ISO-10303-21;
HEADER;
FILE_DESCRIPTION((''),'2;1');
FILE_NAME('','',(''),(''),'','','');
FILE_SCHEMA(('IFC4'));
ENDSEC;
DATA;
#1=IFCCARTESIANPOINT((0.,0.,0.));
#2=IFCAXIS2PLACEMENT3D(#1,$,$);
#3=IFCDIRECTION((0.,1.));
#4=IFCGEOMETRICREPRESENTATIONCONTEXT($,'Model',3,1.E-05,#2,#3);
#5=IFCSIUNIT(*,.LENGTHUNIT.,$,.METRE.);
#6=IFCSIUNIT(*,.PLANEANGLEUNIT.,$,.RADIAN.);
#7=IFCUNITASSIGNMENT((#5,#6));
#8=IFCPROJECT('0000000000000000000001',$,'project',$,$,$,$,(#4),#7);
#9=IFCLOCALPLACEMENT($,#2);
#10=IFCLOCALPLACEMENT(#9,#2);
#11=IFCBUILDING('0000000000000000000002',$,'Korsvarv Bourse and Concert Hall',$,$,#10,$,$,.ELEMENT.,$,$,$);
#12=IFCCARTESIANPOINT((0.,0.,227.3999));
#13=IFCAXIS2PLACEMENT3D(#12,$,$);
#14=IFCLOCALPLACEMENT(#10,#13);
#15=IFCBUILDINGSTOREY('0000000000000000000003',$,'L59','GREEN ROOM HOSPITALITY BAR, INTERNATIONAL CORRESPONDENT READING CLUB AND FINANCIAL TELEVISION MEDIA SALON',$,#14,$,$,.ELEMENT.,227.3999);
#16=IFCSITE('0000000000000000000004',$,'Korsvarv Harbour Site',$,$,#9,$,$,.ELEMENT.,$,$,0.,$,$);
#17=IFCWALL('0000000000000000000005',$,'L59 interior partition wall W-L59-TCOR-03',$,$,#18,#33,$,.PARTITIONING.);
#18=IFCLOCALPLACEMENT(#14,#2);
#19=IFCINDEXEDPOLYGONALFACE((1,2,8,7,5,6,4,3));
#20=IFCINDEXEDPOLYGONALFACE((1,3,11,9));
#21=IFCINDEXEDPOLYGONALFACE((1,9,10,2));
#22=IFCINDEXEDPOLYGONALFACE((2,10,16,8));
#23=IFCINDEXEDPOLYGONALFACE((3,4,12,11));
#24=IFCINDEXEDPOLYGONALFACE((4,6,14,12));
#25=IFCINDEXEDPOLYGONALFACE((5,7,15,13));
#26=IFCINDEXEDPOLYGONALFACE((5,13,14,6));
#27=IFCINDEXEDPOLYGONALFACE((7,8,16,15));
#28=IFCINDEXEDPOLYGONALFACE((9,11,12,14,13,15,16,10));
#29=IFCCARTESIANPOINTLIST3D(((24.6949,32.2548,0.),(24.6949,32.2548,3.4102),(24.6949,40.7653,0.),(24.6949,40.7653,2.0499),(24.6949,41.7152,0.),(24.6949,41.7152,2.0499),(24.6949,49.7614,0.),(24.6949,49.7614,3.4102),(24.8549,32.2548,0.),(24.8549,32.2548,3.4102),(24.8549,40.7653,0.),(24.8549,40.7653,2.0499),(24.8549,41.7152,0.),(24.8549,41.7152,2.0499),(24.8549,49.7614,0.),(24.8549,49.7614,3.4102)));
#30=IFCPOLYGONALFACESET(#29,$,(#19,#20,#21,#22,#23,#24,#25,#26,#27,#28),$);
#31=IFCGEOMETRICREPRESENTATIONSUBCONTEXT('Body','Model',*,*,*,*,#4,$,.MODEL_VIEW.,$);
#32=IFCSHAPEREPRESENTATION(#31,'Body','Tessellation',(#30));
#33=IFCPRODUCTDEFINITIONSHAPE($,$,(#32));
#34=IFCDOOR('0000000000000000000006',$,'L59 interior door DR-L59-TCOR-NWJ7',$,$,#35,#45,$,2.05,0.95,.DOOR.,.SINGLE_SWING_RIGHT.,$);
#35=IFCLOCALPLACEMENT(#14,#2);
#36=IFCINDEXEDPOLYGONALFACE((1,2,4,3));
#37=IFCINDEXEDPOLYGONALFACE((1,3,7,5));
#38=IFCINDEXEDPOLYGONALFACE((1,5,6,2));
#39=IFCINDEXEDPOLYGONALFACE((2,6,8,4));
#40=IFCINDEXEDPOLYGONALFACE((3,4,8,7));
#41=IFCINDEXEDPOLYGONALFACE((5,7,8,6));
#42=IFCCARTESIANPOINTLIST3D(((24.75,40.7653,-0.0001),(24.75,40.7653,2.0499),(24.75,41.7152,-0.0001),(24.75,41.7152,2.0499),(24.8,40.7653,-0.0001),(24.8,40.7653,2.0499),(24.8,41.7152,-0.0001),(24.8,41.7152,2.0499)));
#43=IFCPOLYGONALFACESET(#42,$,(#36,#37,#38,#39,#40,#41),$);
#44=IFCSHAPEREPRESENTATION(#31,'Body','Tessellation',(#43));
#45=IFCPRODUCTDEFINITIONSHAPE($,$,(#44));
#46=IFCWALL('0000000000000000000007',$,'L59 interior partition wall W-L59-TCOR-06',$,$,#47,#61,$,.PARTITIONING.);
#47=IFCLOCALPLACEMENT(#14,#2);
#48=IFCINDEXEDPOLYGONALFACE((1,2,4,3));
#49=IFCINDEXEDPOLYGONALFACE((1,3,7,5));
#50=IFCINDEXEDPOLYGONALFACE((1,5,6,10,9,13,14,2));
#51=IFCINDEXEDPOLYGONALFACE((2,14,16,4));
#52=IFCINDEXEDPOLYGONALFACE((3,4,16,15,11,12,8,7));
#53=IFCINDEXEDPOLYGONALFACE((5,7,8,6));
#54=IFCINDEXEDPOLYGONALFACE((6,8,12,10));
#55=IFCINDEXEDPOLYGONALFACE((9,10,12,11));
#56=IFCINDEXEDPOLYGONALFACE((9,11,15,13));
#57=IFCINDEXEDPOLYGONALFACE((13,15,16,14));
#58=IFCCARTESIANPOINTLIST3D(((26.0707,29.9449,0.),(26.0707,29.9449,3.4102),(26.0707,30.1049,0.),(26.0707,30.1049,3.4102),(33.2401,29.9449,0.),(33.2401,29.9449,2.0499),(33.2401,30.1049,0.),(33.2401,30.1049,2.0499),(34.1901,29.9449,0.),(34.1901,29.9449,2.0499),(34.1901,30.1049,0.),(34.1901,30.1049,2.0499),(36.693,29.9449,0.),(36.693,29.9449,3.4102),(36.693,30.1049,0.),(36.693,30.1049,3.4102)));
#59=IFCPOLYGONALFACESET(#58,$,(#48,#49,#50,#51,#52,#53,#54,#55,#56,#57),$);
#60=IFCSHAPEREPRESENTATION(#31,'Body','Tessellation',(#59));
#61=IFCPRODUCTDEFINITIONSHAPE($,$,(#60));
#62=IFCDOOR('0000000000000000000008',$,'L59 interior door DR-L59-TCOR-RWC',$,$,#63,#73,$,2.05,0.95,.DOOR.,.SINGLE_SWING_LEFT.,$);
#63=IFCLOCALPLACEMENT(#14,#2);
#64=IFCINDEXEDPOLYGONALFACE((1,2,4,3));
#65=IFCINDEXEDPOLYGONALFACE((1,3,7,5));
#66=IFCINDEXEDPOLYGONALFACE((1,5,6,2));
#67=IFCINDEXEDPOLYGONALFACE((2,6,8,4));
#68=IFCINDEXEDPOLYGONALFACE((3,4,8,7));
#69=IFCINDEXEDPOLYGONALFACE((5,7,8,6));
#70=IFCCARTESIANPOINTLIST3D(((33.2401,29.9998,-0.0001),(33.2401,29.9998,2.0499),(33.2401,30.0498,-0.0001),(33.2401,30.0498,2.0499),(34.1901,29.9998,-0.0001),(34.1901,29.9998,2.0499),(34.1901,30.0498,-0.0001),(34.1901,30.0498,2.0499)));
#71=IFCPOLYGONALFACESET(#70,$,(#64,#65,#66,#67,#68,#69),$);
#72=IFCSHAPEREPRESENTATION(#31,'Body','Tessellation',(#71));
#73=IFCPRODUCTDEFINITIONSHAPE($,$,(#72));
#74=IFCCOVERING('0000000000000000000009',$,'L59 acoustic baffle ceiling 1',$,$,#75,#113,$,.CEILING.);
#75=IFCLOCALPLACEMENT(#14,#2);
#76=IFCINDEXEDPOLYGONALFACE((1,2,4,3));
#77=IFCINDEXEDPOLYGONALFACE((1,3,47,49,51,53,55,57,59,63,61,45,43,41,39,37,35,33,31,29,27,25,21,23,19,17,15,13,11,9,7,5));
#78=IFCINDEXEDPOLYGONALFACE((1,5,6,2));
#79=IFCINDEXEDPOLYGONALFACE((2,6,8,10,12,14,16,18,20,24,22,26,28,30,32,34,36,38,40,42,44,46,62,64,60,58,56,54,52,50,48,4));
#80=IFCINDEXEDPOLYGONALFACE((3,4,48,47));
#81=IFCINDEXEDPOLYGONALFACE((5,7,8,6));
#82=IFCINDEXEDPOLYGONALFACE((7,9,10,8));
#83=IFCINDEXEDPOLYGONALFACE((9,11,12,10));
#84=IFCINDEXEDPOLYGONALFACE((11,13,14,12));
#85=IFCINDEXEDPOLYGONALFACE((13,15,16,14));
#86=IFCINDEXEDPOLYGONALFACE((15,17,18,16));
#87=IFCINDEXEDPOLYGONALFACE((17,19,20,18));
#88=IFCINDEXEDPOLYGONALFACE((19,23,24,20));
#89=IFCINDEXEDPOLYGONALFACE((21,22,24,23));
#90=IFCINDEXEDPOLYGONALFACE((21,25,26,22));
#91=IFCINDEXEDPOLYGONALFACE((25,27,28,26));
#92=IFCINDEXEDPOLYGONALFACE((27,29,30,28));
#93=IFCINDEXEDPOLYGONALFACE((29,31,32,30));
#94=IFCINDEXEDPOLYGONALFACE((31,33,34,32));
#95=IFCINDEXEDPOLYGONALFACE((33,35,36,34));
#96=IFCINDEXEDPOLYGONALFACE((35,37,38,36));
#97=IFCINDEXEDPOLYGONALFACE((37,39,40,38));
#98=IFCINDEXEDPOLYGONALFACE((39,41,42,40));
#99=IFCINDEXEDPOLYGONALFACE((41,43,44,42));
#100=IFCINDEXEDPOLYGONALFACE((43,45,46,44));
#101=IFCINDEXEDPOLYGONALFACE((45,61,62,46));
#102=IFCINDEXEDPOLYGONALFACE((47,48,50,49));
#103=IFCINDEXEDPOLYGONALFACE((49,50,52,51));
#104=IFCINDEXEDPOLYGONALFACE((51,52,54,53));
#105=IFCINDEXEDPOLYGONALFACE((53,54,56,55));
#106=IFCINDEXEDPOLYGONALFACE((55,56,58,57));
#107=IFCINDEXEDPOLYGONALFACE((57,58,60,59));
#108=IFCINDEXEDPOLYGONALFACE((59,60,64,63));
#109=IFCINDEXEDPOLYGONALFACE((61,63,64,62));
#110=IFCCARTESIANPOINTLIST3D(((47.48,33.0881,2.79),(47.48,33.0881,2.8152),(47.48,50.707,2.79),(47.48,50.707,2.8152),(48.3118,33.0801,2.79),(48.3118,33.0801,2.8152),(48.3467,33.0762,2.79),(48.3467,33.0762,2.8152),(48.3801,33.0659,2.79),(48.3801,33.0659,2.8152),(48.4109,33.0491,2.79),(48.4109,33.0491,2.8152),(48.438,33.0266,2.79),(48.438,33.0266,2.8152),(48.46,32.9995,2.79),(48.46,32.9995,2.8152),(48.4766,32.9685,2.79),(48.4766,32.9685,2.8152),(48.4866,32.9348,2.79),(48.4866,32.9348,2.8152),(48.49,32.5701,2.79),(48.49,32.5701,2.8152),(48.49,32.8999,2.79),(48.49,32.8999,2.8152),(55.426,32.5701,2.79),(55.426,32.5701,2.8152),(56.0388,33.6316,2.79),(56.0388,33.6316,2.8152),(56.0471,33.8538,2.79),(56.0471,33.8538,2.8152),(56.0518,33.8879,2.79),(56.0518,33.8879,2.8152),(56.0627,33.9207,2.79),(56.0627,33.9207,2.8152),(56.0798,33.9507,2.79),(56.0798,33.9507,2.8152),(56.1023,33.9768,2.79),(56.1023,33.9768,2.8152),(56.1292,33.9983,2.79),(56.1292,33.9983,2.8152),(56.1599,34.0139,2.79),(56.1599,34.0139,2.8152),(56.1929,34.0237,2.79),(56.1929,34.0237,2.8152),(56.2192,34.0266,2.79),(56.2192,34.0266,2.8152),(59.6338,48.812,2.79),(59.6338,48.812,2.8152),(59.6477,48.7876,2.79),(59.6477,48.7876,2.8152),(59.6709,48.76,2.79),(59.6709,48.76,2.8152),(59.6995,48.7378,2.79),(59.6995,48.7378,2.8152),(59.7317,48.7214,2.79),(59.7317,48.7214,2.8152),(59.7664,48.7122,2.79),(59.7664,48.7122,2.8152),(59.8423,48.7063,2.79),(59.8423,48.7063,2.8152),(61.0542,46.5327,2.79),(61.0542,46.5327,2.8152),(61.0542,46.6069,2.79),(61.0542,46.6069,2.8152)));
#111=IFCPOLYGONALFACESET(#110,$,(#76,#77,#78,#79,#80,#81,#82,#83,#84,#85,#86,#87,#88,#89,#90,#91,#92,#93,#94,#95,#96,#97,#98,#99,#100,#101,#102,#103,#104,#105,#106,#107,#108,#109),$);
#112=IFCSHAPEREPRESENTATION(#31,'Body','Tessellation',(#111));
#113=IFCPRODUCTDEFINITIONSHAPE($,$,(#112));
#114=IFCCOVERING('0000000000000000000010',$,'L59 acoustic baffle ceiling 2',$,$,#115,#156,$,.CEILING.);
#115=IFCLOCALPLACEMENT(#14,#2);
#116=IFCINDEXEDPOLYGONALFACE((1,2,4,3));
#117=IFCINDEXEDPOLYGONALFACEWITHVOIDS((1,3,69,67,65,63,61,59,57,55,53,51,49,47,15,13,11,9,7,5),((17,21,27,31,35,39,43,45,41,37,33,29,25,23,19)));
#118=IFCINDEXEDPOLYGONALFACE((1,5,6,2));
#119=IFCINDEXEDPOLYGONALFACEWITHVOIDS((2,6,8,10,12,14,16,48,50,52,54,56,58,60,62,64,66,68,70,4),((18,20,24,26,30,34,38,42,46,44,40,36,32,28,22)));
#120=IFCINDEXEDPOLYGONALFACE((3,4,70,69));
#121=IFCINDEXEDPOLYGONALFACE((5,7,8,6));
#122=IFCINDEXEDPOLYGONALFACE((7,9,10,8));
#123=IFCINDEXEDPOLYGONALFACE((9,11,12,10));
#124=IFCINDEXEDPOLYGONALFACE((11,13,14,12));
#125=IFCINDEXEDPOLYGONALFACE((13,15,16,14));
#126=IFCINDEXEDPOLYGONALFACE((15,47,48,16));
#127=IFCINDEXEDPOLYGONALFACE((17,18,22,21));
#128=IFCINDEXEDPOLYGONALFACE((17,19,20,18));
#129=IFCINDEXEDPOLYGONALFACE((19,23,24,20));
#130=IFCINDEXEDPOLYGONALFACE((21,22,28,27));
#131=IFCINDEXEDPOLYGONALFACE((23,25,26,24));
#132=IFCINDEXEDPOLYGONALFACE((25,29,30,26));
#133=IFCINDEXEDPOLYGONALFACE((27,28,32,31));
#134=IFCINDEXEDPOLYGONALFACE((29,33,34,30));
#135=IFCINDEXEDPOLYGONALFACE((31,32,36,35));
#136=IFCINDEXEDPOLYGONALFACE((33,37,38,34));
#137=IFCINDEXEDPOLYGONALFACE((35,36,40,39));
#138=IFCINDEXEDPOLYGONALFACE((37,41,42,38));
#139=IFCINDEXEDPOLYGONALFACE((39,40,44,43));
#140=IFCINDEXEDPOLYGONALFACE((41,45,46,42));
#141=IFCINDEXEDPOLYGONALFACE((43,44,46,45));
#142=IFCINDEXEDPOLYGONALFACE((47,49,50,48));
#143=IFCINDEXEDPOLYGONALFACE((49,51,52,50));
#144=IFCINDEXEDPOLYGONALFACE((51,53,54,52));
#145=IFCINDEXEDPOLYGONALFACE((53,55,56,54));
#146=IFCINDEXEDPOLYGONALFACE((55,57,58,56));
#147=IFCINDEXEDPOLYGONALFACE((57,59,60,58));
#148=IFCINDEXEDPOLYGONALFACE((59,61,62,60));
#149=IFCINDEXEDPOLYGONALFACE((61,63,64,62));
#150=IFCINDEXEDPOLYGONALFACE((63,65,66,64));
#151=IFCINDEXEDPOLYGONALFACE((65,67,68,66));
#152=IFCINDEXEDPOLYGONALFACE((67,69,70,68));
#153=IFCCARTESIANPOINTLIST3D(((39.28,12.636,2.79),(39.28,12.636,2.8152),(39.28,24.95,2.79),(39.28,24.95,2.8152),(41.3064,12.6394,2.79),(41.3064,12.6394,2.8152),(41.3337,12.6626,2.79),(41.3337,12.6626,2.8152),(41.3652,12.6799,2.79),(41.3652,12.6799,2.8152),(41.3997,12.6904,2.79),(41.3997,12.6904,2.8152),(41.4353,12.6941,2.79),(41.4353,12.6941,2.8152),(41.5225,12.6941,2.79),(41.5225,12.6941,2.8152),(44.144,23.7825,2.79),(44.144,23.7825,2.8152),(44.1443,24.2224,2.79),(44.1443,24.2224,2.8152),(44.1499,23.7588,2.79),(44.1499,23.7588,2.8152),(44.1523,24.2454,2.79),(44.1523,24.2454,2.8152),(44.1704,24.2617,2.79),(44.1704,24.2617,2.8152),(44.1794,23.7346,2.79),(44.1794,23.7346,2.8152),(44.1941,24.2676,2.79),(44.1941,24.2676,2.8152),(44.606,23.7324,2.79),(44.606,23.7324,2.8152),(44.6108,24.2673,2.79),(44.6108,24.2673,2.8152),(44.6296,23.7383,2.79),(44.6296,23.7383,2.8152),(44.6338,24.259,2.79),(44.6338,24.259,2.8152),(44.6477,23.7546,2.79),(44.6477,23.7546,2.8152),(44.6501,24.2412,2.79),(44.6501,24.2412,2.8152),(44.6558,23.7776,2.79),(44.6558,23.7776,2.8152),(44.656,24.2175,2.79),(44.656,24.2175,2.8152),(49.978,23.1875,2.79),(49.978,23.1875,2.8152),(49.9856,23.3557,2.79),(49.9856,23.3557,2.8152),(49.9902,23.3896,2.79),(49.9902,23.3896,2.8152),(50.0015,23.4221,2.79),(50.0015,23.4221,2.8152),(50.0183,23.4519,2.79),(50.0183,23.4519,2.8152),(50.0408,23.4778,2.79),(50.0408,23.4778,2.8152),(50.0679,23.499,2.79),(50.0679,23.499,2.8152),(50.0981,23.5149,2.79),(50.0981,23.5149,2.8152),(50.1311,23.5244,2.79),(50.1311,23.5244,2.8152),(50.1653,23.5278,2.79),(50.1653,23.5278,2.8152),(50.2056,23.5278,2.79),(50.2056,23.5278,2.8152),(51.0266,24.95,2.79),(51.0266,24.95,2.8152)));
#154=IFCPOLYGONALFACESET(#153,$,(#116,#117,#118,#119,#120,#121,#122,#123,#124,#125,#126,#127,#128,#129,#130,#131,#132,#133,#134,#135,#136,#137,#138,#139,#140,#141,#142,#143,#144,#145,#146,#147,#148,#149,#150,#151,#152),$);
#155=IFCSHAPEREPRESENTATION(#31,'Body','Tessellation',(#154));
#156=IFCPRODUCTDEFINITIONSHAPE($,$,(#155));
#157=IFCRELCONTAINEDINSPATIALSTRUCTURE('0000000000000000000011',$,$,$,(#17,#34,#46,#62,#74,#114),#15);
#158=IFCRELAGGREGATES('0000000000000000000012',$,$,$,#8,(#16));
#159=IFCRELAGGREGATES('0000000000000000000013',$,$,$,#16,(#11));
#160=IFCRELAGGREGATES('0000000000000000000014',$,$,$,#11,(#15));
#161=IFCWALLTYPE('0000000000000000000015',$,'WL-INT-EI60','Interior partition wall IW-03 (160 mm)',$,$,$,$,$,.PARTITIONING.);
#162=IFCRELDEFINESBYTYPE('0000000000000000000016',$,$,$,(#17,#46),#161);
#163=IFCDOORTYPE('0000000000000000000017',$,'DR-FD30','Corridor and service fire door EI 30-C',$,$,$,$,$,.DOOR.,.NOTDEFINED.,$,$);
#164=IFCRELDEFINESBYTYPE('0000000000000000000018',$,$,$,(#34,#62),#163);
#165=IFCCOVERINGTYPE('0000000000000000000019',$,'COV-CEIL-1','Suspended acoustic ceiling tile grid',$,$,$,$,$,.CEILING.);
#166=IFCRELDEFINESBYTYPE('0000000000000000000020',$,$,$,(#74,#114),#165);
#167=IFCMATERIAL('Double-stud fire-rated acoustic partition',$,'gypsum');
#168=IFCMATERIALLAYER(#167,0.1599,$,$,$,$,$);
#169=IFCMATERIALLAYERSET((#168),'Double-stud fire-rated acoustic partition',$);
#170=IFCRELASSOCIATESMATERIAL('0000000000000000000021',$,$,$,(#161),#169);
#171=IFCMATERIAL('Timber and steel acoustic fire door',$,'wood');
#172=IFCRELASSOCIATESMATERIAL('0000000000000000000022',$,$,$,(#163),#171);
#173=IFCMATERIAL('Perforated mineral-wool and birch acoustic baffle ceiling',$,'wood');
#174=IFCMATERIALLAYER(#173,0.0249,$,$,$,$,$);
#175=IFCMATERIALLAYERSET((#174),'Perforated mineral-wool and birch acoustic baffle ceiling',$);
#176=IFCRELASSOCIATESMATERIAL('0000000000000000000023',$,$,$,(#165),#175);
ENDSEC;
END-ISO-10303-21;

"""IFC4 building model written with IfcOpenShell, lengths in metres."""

from ifc_helpers import new_model, si_unit, direction, frame, frame_2d, origin, place, context, subcontext, project, spatial, polyline, rectangle, outline, extrude, material, layer, layer_set, type_object, element, fill, save


model = new_model("IFC4")

# Units and contexts
model_context = context("Model", 3, precision=1e-05, world=origin(), true_north=direction((0.0, 1.0)))
body_context = subcontext(model_context, "Body", "Model", "MODEL_VIEW")
ifc_project = project(units=[si_unit("LENGTHUNIT", "METRE"), si_unit("PLANEANGLEUNIT", "RADIAN")], contexts=[model_context])

# Site, building, storey
site_placement = place(None, origin())
site = spatial("IfcSite", under=ifc_project, at=site_placement, Name="Korsvarv Harbour Site", CompositionType="ELEMENT", RefElevation=0.0)
building_placement = place(site_placement, origin())
building = spatial("IfcBuilding", under=site, at=building_placement, Name="Korsvarv Bourse and Concert Hall", CompositionType="ELEMENT")
storey_placement = place(building_placement, frame((0.0, 0.0, 227.3999)))
storey = spatial("IfcBuildingStorey", under=building, at=storey_placement, Name="L59", Description="GREEN ROOM HOSPITALITY BAR, INTERNATIONAL CORRESPONDENT READING CLUB AND FINANCIAL TELEVISION MEDIA SALON", CompositionType="ELEMENT", Elevation=227.3999)

# Walls, openings, doors
ifc_material_1 = material(Name="Double-stud fire-rated acoustic partition", Category="gypsum")
ifc_layer_1 = layer(ifc_material_1, 0.1599)
ifc_layer_set_1 = layer_set([ifc_layer_1], Name="Double-stud fire-rated acoustic partition")
wall_type = type_object("IfcWallType", Name="WL-INT-EI60", Description="Interior partition wall IW-03 (160 mm)", PredefinedType="PARTITIONING", material=ifc_layer_set_1)
wall_1_placement = place(storey_placement, frame((24.7749, 32.2546, 0.0), z_axis=(0.0, 0.0, 1.0), x_axis=(0.0, 1.0, 0.0)))
wall_1 = element("IfcWall", 1, at=wall_1_placement, inside=storey, type_object=wall_type, Name="L59 interior partition wall W-L59-TCOR-03", PredefinedType="PARTITIONING", context=body_context, shape_type="SweptSolid", body=[
    extrude(rectangle(XDim=17.5066, YDim=0.1599, at=frame_2d((8.7534, 0.0))), origin(), (0.0, 0.0, 1.0), 3.4102),
])
opening_1_placement = place(wall_1_placement, frame((8.5105, 0.0, 0.0)))
opening_1 = element("IfcOpeningElement", 2, at=opening_1_placement, cuts=wall_1, PredefinedType="OPENING", context=body_context, shape_type="SweptSolid", body=[
    extrude(rectangle(XDim=0.95, YDim=2.05, at=frame_2d((0.4751, 1.0249))), frame((0.0, 0.0898, 0.0), z_axis=(0.0, -1.0, 0.0), x_axis=(1.0, 0.0, 0.0)), (0.0, 0.0, 1.0), 0.1799),
])
ifc_material_2 = material(Name="Timber and steel acoustic fire door", Category="wood")
door_type = type_object("IfcDoorType", Name="DR-FD30", Description="Corridor and service fire door EI 30-C", OperationType="NOTDEFINED", PredefinedType="DOOR", material=ifc_material_2)
door_1_placement = place(opening_1_placement, origin())
door_1 = element("IfcDoor", 3, at=door_1_placement, inside=storey, type_object=door_type, Name="L59 interior door DR-L59-TCOR-NWJ7", OperationType="SINGLE_SWING_RIGHT", OverallHeight=2.05, OverallWidth=0.95, PredefinedType="DOOR", context=body_context, shape_type="SweptSolid", body=[
    extrude(rectangle(XDim=0.95, YDim=2.05, at=frame_2d((0.4751, 1.0249))), frame((0.0, 0.0249, 0.0), z_axis=(0.0, -1.0, 0.0), x_axis=(1.0, 0.0, 0.0)), (0.0, 0.0, 1.0), 0.05),
])
fill(opening_1, door_1)
wall_2_placement = place(storey_placement, frame((26.0708, 30.0249, 0.0), z_axis=(0.0, 0.0, 1.0), x_axis=(1.0, 0.0, 0.0)))
wall_2 = element("IfcWall", 4, at=wall_2_placement, inside=storey, type_object=wall_type, Name="L59 interior partition wall W-L59-TCOR-06", PredefinedType="PARTITIONING", context=body_context, shape_type="SweptSolid", body=[
    extrude(rectangle(XDim=10.6223, YDim=0.1599, at=frame_2d((5.311, 0.0))), origin(), (0.0, 0.0, 1.0), 3.4102),
])
opening_2_placement = place(wall_2_placement, frame((7.1692, 0.0, 0.0)))
opening_2 = element("IfcOpeningElement", 5, at=opening_2_placement, cuts=wall_2, PredefinedType="OPENING", context=body_context, shape_type="SweptSolid", body=[
    extrude(rectangle(XDim=0.95, YDim=2.05, at=frame_2d((0.4751, 1.0249))), frame((0.0, 0.0898, 0.0), z_axis=(0.0, -1.0, 0.0), x_axis=(1.0, 0.0, 0.0)), (0.0, 0.0, 1.0), 0.1799),
])
door_2_placement = place(opening_2_placement, origin())
door_2 = element("IfcDoor", 6, at=door_2_placement, inside=storey, type_object=door_type, Name="L59 interior door DR-L59-TCOR-RWC", OperationType="SINGLE_SWING_LEFT", OverallHeight=2.05, OverallWidth=0.95, PredefinedType="DOOR", context=body_context, shape_type="SweptSolid", body=[
    extrude(rectangle(XDim=0.95, YDim=2.05, at=frame_2d((0.4751, 1.0249))), frame((0.0, 0.0249, 0.0), z_axis=(0.0, -1.0, 0.0), x_axis=(1.0, 0.0, 0.0)), (0.0, 0.0, 1.0), 0.05),
])
fill(opening_2, door_2)

# Coverings
ifc_material_3 = material(Name="Perforated mineral-wool and birch acoustic baffle ceiling", Category="wood")
ifc_layer_2 = layer(ifc_material_3, 0.0249)
ifc_layer_set_2 = layer_set([ifc_layer_2], Name="Perforated mineral-wool and birch acoustic baffle ceiling")
covering_type_1 = type_object("IfcCoveringType", Name="COV-CEIL-1", Description="Suspended acoustic ceiling tile grid", PredefinedType="CEILING", material=ifc_layer_set_2)
covering_1_placement = place(storey_placement, frame((0.0, 0.0, 2.79)))
element("IfcCovering", 7, at=covering_1_placement, inside=storey, type_object=covering_type_1, Name="L59 acoustic baffle ceiling 1", PredefinedType="CEILING", context=body_context, shape_type="SweptSolid", body=[
    extrude(outline(polyline([(48.49, 32.5701), (48.49, 32.8999), (48.4866, 32.9348), (48.4766, 32.9685), (48.46, 32.9995), (48.438, 33.0266), (48.4109, 33.0491), (48.3801, 33.0659), (48.3467, 33.0762), (48.3118, 33.0801), (47.48, 33.0881), (47.48, 50.707), (59.6338, 48.812), (59.6477, 48.7876), (59.6709, 48.76), (59.6995, 48.7378), (59.7317, 48.7214), (59.7664, 48.7122), (59.8423, 48.7063), (61.0542, 46.6069), (61.0542, 46.5327), (56.2192, 34.0266), (56.1929, 34.0237), (56.1599, 34.0139), (56.1292, 33.9983), (56.1023, 33.9768), (56.0798, 33.9507), (56.0627, 33.9207), (56.0518, 33.8879), (56.0471, 33.8538), (56.0388, 33.6316), (55.426, 32.5701), (48.49, 32.5701)])), origin(), (0.0, 0.0, 1.0), 0.0251),
])
covering_2_placement = place(storey_placement, frame((0.0, 0.0, 2.79)))
element("IfcCovering", 8, at=covering_2_placement, inside=storey, type_object=covering_type_1, Name="L59 acoustic baffle ceiling 2", PredefinedType="CEILING", context=body_context, shape_type="SweptSolid", body=[
    extrude(outline(polyline([(51.0266, 24.95), (50.2056, 23.5278), (50.1653, 23.5278), (50.1311, 23.5244), (50.0981, 23.5149), (50.0679, 23.499), (50.0408, 23.4778), (50.0183, 23.4519), (50.0015, 23.4221), (49.9902, 23.3896), (49.9856, 23.3557), (49.978, 23.1875), (41.5225, 12.6941), (41.4353, 12.6941), (41.3997, 12.6904), (41.3652, 12.6799), (41.3337, 12.6626), (41.3064, 12.6394), (39.28, 12.636), (39.28, 24.95), (51.0266, 24.95)]), holes=[polyline([(44.1794, 23.7346), (44.606, 23.7324), (44.6296, 23.7383), (44.6477, 23.7546), (44.6558, 23.7776), (44.656, 24.2175), (44.6501, 24.2412), (44.6338, 24.259), (44.6108, 24.2673), (44.1941, 24.2676), (44.1704, 24.2617), (44.1523, 24.2454), (44.1443, 24.2224), (44.144, 23.7825), (44.1499, 23.7588), (44.1794, 23.7346)])]), origin(), (0.0, 0.0, 1.0), 0.0251),
])

save(model, "model.ifc")
